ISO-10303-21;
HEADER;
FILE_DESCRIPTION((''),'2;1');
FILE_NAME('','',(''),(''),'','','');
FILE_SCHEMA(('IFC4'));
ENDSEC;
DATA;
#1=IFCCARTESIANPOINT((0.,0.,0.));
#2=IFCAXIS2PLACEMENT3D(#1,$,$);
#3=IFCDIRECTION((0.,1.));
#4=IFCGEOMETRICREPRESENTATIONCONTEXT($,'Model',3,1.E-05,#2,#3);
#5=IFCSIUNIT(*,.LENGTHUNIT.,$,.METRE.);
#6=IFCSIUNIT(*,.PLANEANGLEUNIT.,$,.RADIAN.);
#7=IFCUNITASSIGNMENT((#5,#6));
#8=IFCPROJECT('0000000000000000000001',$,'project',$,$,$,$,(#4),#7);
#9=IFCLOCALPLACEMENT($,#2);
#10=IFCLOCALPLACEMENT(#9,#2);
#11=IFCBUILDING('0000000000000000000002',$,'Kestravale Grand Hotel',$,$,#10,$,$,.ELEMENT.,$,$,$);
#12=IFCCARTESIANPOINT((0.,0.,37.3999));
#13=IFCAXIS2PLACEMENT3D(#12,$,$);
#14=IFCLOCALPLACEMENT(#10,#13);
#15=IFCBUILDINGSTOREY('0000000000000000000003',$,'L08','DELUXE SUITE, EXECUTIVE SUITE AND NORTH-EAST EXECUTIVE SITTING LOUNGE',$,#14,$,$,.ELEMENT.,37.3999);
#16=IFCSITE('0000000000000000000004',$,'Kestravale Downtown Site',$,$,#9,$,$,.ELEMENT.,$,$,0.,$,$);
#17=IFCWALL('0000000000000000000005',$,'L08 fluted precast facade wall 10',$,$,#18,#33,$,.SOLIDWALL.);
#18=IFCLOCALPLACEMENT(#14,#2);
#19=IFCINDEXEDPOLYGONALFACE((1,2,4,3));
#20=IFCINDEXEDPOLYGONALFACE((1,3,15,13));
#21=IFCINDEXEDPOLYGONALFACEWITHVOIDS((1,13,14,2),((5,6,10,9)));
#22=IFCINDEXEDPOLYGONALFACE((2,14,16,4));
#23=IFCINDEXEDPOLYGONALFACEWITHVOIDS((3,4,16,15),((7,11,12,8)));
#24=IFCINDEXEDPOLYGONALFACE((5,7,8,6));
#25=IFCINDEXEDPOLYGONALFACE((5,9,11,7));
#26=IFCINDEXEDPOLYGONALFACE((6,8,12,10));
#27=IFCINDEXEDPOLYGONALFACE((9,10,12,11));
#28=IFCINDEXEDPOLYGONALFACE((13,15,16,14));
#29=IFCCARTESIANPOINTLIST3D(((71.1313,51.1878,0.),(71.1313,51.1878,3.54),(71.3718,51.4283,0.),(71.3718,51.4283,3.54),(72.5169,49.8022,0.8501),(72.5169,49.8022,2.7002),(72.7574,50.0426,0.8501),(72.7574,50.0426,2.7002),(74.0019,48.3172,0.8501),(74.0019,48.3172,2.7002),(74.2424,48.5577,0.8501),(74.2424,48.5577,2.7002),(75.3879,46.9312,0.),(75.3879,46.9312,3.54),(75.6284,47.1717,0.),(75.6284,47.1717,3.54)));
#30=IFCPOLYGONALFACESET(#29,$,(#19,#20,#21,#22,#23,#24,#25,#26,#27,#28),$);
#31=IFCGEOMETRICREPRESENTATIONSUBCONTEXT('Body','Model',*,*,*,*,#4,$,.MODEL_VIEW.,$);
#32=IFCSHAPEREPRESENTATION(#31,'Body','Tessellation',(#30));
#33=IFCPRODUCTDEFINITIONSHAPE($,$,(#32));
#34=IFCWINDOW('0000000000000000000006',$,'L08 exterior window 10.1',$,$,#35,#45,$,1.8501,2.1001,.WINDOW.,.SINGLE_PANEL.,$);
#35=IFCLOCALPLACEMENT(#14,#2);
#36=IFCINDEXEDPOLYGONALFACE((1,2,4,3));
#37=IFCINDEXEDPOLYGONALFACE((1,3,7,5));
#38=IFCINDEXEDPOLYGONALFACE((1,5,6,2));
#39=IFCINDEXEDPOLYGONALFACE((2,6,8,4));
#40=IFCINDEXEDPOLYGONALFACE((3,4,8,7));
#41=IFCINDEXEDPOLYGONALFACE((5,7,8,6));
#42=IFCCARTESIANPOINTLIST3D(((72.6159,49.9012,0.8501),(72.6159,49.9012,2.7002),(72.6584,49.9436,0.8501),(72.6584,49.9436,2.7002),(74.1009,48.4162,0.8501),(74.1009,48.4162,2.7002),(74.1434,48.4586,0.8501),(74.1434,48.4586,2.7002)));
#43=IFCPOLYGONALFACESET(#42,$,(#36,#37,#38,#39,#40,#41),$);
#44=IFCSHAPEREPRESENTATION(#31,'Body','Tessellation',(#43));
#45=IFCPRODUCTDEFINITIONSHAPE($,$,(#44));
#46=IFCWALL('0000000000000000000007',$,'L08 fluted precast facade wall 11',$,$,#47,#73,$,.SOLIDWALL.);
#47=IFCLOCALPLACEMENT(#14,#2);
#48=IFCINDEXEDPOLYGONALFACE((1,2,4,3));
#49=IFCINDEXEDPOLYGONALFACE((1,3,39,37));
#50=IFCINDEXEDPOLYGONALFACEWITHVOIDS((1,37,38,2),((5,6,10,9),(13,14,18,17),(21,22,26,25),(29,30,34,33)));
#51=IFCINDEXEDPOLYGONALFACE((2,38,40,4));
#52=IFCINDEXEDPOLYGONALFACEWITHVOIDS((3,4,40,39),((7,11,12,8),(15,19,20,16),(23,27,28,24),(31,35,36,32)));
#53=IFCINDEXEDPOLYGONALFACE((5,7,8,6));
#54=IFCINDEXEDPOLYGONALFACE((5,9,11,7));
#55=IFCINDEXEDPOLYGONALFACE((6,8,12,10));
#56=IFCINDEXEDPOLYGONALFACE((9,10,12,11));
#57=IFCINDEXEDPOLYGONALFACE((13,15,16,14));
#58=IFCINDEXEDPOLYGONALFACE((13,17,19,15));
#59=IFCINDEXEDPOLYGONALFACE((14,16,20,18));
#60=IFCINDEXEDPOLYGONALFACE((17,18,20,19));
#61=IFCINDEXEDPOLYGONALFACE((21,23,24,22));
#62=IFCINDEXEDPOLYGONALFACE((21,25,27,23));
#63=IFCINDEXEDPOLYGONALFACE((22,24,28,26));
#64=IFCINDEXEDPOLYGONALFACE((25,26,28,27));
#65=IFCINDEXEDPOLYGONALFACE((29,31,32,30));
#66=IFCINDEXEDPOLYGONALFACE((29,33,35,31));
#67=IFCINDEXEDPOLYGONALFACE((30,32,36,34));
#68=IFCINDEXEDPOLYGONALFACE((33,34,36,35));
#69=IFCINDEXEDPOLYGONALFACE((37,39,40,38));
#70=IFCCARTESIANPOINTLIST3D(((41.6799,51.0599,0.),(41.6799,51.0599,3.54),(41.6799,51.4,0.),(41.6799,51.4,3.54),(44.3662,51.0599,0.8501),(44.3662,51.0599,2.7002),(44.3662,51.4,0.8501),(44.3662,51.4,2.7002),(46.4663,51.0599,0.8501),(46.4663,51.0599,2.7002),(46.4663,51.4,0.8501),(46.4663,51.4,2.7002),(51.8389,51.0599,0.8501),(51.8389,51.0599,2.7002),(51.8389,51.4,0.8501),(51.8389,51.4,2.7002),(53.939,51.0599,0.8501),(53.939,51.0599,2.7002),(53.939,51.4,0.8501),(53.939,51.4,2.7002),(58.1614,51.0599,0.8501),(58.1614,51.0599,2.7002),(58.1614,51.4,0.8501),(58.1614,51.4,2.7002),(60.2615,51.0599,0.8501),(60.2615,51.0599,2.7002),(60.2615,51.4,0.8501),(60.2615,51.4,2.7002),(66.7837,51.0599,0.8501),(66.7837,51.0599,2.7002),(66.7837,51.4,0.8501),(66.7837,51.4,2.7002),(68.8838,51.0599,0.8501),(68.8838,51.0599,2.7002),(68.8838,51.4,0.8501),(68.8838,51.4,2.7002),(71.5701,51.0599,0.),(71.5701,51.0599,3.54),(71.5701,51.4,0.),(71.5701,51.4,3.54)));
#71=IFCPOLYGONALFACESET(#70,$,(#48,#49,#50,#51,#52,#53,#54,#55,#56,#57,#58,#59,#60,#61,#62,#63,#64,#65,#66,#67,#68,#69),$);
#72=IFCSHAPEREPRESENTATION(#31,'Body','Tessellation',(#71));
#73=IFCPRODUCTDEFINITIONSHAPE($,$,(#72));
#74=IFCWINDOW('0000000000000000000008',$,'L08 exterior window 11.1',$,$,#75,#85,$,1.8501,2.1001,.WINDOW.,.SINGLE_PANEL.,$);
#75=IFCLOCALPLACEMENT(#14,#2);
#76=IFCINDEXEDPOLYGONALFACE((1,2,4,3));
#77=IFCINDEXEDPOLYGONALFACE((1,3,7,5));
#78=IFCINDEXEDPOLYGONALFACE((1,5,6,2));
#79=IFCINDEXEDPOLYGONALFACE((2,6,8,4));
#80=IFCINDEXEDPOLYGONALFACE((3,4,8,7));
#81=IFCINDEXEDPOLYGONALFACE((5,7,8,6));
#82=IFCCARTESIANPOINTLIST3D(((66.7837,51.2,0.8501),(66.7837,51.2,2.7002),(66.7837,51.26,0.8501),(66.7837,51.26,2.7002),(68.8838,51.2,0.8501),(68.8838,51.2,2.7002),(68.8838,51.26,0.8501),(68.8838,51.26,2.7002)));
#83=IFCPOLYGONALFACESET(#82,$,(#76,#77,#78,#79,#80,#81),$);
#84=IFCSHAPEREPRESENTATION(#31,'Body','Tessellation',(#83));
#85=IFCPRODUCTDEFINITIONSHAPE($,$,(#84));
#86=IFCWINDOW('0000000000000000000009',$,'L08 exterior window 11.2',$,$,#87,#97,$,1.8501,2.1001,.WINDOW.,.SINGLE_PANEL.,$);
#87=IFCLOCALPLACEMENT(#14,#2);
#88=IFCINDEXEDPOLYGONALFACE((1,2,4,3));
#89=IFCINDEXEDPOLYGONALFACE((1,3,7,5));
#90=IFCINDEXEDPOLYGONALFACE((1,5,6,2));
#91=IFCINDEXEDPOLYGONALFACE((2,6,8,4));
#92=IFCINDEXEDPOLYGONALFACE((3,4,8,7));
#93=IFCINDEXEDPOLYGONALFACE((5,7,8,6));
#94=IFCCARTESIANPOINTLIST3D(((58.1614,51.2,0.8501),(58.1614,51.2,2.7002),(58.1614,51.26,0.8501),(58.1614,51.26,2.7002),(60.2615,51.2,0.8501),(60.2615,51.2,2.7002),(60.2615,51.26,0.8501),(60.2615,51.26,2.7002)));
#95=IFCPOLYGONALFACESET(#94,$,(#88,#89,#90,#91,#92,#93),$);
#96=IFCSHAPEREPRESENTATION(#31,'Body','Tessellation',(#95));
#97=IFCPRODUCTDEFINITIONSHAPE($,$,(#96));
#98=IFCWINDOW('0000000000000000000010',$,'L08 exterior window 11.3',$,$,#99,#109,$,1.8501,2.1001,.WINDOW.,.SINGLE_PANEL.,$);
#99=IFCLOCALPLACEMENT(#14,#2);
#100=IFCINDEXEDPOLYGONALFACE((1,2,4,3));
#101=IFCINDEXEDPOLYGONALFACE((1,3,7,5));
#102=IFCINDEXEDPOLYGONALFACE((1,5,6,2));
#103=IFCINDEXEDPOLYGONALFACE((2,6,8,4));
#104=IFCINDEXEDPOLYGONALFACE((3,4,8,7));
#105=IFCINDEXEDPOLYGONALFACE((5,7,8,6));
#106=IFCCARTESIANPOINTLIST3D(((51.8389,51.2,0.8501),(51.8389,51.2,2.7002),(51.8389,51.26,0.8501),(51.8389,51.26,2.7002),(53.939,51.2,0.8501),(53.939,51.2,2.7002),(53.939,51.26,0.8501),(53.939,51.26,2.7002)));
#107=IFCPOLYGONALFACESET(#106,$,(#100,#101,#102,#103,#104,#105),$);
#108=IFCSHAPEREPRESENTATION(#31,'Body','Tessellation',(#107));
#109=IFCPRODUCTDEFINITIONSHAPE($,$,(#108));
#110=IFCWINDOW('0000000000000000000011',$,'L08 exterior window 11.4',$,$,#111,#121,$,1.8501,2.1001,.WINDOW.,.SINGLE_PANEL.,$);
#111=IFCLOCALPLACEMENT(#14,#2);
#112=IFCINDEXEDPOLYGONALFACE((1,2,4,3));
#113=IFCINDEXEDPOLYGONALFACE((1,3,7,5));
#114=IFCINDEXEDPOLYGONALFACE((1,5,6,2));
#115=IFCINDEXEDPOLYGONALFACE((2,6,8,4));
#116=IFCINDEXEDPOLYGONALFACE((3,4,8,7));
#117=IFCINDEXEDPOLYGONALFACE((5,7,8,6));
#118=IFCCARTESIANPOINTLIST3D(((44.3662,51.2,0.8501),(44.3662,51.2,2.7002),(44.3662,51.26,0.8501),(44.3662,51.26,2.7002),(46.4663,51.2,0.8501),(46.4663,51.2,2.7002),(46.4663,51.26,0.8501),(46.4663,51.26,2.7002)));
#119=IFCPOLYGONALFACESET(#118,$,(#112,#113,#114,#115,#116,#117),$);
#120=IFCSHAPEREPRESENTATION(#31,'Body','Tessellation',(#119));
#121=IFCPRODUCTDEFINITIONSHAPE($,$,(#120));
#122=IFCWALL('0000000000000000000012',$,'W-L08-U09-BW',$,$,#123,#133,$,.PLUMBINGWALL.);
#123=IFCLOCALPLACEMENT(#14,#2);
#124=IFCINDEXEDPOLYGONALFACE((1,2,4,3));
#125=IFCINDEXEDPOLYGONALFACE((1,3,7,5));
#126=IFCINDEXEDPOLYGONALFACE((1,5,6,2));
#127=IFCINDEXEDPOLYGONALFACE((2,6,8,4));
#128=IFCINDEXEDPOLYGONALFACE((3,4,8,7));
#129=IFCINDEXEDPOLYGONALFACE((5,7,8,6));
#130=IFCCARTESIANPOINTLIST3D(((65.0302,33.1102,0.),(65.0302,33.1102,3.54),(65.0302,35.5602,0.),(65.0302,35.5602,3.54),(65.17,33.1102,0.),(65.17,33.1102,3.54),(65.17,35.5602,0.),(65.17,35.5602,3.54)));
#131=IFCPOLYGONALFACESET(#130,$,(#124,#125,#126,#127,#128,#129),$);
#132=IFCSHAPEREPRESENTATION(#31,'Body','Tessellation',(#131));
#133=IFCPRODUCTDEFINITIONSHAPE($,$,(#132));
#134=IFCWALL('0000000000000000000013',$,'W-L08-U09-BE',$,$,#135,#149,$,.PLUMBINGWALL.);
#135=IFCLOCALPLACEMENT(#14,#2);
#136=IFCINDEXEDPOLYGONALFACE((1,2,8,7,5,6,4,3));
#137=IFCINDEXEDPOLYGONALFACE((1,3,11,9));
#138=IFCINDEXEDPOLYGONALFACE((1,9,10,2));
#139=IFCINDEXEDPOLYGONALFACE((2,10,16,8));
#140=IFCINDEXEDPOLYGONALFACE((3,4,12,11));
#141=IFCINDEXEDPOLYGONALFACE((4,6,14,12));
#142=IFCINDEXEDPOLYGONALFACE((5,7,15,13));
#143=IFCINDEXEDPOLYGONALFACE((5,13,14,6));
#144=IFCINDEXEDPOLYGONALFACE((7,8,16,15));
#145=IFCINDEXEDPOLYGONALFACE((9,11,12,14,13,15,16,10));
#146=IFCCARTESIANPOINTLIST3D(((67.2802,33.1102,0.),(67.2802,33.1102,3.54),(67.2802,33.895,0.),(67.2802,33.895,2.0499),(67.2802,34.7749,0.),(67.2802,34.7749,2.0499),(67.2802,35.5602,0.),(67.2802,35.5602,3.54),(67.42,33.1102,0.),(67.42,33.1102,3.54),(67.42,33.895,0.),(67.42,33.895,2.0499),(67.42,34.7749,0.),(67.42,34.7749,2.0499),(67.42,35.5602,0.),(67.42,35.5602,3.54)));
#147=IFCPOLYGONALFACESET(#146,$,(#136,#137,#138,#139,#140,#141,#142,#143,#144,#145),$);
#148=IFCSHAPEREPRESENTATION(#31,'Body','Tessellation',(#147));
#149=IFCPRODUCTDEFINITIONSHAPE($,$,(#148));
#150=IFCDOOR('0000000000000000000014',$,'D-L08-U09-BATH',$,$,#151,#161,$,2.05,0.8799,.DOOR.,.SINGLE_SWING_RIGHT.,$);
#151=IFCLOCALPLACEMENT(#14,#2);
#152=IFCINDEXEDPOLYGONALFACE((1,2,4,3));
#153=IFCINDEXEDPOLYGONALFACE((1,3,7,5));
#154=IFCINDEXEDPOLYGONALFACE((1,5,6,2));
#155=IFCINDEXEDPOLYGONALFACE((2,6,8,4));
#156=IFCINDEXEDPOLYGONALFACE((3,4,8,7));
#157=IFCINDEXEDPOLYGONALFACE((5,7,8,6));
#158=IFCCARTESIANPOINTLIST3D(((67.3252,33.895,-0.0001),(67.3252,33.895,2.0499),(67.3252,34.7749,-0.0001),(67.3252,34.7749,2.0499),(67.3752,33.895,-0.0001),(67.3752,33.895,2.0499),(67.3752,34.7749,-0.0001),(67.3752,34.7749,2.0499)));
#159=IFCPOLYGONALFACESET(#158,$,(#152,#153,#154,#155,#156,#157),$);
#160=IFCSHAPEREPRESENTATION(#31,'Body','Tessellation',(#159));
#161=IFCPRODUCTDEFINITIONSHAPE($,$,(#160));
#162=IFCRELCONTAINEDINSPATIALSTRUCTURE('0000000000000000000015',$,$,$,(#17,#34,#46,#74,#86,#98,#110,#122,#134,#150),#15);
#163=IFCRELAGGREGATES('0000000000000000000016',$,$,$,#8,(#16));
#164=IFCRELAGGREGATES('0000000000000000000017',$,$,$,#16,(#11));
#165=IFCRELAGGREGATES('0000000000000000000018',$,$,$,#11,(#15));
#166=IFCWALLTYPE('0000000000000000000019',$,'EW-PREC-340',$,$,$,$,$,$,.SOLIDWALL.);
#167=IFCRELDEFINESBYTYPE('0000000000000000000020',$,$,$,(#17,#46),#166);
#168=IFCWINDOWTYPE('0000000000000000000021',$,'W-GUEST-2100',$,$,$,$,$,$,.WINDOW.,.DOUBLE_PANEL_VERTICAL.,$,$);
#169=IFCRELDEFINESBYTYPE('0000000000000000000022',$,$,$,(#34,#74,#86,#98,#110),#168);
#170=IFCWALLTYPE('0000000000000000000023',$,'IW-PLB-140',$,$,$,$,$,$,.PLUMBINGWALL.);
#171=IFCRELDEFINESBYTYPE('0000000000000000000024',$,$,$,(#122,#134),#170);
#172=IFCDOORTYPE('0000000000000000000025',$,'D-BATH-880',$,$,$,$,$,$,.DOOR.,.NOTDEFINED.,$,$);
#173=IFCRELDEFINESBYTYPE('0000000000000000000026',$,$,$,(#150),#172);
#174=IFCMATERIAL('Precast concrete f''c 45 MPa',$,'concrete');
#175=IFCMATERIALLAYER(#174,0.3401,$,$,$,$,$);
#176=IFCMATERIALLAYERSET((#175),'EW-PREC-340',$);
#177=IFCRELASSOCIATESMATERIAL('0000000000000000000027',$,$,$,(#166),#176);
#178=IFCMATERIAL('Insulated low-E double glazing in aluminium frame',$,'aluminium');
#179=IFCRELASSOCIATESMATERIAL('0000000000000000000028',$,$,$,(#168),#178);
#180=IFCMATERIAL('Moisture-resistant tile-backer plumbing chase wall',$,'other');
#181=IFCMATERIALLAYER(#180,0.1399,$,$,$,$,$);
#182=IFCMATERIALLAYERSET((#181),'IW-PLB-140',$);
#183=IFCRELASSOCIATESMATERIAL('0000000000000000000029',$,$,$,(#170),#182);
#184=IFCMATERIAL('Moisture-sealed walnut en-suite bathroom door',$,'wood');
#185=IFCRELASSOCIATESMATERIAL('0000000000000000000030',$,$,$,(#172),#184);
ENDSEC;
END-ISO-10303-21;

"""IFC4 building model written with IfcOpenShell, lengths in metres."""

from ifc_helpers import new_model, si_unit, direction, frame, frame_2d, origin, place, context, subcontext, project, spatial, rectangle, extrude, material, layer, layer_set, type_object, element, fill, save


model = new_model("IFC4")

# Units and contexts
model_context = context("Model", 3, precision=1e-05, world=origin(), true_north=direction((0.0, 1.0)))
body_context = subcontext(model_context, "Body", "Model", "MODEL_VIEW")
ifc_project = project(units=[si_unit("LENGTHUNIT", "METRE"), si_unit("PLANEANGLEUNIT", "RADIAN")], contexts=[model_context])

# Site, building, storey
site_placement = place(None, origin())
site = spatial("IfcSite", under=ifc_project, at=site_placement, Name="Kestravale Downtown Site", CompositionType="ELEMENT", RefElevation=0.0)
building_placement = place(site_placement, origin())
building = spatial("IfcBuilding", under=site, at=building_placement, Name="Kestravale Grand Hotel", CompositionType="ELEMENT")
storey_placement = place(building_placement, frame((0.0, 0.0, 37.3999)))
storey = spatial("IfcBuildingStorey", under=building, at=storey_placement, Name="L08", Description="DELUXE SUITE, EXECUTIVE SUITE AND NORTH-EAST EXECUTIVE SITTING LOUNGE", CompositionType="ELEMENT", Elevation=37.3999)

# Wall, opening, window
ifc_material_1 = material(Name="Precast concrete f'c 45 MPa", Category="concrete")
ifc_layer_1 = layer(ifc_material_1, 0.3401)
ifc_layer_set_1 = layer_set([ifc_layer_1], Name="EW-PREC-340")
wall_type_1 = type_object("IfcWallType", Name="EW-PREC-340", PredefinedType="SOLIDWALL", material=ifc_layer_set_1)
wall_1_placement = place(storey_placement, frame((75.5081, 47.0515, 0.0), z_axis=(0.0, 0.0, 1.0), x_axis=(-0.707107, 0.707107, 0.0)))
wall_1 = element("IfcWall", 1, at=wall_1_placement, inside=storey, type_object=wall_type_1, Name="L08 fluted precast facade wall 10", PredefinedType="SOLIDWALL", context=body_context, shape_type="SweptSolid", body=[
    extrude(rectangle(XDim=6.0198, YDim=0.3401, at=frame_2d((3.0098, 0.0))), origin(), (0.0, 0.0, 1.0), 3.54),
])
opening_1_placement = place(wall_1_placement, frame((1.96, 0.0, 0.8501)))
opening_1 = element("IfcOpeningElement", 2, at=opening_1_placement, cuts=wall_1, PredefinedType="OPENING", context=body_context, shape_type="SweptSolid", body=[
    extrude(rectangle(XDim=2.1001, YDim=1.8501, at=frame_2d((1.05, 0.925))), frame((0.0, 0.1799, 0.0), z_axis=(0.0, -1.0, 0.0), x_axis=(1.0, 0.0, 0.0)), (0.0, 0.0, 1.0), 0.3601),
])
ifc_material_2 = material(Name="Insulated low-E double glazing in aluminium frame", Category="aluminium")
window_type = type_object("IfcWindowType", Name="W-GUEST-2100", PartitioningType="DOUBLE_PANEL_VERTICAL", PredefinedType="WINDOW", material=ifc_material_2)
window_1_placement = place(opening_1_placement, origin())
window_1 = element("IfcWindow", 3, at=window_1_placement, inside=storey, type_object=window_type, Name="L08 exterior window 10.1", OverallHeight=1.8501, OverallWidth=2.1001, PartitioningType="SINGLE_PANEL", PredefinedType="WINDOW", context=body_context, shape_type="SweptSolid", body=[
    extrude(rectangle(XDim=2.1001, YDim=1.8501, at=frame_2d((1.05, 0.925))), frame((0.0, 0.03, 0.0), z_axis=(0.0, -1.0, 0.0), x_axis=(1.0, 0.0, 0.0)), (0.0, 0.0, 1.0), 0.0601),
])
fill(opening_1, window_1)

# Wall, openings, windows
wall_2_placement = place(storey_placement, frame((71.5701, 51.23, 0.0), z_axis=(0.0, 0.0, 1.0), x_axis=(-1.0, 0.0, 0.0)))
wall_2 = element("IfcWall", 4, at=wall_2_placement, inside=storey, type_object=wall_type_1, Name="L08 fluted precast facade wall 11", PredefinedType="SOLIDWALL", context=body_context, shape_type="SweptSolid", body=[
    extrude(rectangle(XDim=29.8901, YDim=0.3401, at=frame_2d((14.9451, 0.0))), origin(), (0.0, 0.0, 1.0), 3.54),
])
opening_2_placement = place(wall_2_placement, frame((2.6863, 0.0, 0.8501)))
opening_2 = element("IfcOpeningElement", 5, at=opening_2_placement, cuts=wall_2, PredefinedType="OPENING", context=body_context, shape_type="SweptSolid", body=[
    extrude(rectangle(XDim=2.1001, YDim=1.8501, at=frame_2d((1.05, 0.925))), frame((0.0, 0.1799, 0.0), z_axis=(0.0, -1.0, 0.0), x_axis=(1.0, 0.0, 0.0)), (0.0, 0.0, 1.0), 0.3601),
])
opening_3_placement = place(wall_2_placement, frame((11.3086, 0.0, 0.8501)))
opening_3 = element("IfcOpeningElement", 6, at=opening_3_placement, cuts=wall_2, PredefinedType="OPENING", context=body_context, shape_type="SweptSolid", body=[
    extrude(rectangle(XDim=2.1001, YDim=1.8501, at=frame_2d((1.05, 0.925))), frame((0.0, 0.1799, 0.0), z_axis=(0.0, -1.0, 0.0), x_axis=(1.0, 0.0, 0.0)), (0.0, 0.0, 1.0), 0.3601),
])
opening_4_placement = place(wall_2_placement, frame((17.6311, 0.0, 0.8501)))
opening_4 = element("IfcOpeningElement", 7, at=opening_4_placement, cuts=wall_2, PredefinedType="OPENING", context=body_context, shape_type="SweptSolid", body=[
    extrude(rectangle(XDim=2.1001, YDim=1.8501, at=frame_2d((1.05, 0.925))), frame((0.0, 0.1799, 0.0), z_axis=(0.0, -1.0, 0.0), x_axis=(1.0, 0.0, 0.0)), (0.0, 0.0, 1.0), 0.3601),
])
opening_5_placement = place(wall_2_placement, frame((25.1038, 0.0, 0.8501)))
opening_5 = element("IfcOpeningElement", 8, at=opening_5_placement, cuts=wall_2, PredefinedType="OPENING", context=body_context, shape_type="SweptSolid", body=[
    extrude(rectangle(XDim=2.1001, YDim=1.8501, at=frame_2d((1.05, 0.925))), frame((0.0, 0.1799, 0.0), z_axis=(0.0, -1.0, 0.0), x_axis=(1.0, 0.0, 0.0)), (0.0, 0.0, 1.0), 0.3601),
])
window_2_placement = place(opening_2_placement, origin())
window_2 = element("IfcWindow", 9, at=window_2_placement, inside=storey, type_object=window_type, Name="L08 exterior window 11.1", OverallHeight=1.8501, OverallWidth=2.1001, PartitioningType="SINGLE_PANEL", PredefinedType="WINDOW", context=body_context, shape_type="SweptSolid", body=[
    extrude(rectangle(XDim=2.1001, YDim=1.8501, at=frame_2d((1.05, 0.925))), frame((0.0, 0.03, 0.0), z_axis=(0.0, -1.0, 0.0), x_axis=(1.0, 0.0, 0.0)), (0.0, 0.0, 1.0), 0.0601),
])
fill(opening_2, window_2)
window_3_placement = place(opening_3_placement, origin())
window_3 = element("IfcWindow", 10, at=window_3_placement, inside=storey, type_object=window_type, Name="L08 exterior window 11.2", OverallHeight=1.8501, OverallWidth=2.1001, PartitioningType="SINGLE_PANEL", PredefinedType="WINDOW", context=body_context, shape_type="SweptSolid", body=[
    extrude(rectangle(XDim=2.1001, YDim=1.8501, at=frame_2d((1.05, 0.925))), frame((0.0, 0.03, 0.0), z_axis=(0.0, -1.0, 0.0), x_axis=(1.0, 0.0, 0.0)), (0.0, 0.0, 1.0), 0.0601),
])
fill(opening_3, window_3)
window_4_placement = place(opening_4_placement, origin())
window_4 = element("IfcWindow", 11, at=window_4_placement, inside=storey, type_object=window_type, Name="L08 exterior window 11.3", OverallHeight=1.8501, OverallWidth=2.1001, PartitioningType="SINGLE_PANEL", PredefinedType="WINDOW", context=body_context, shape_type="SweptSolid", body=[
    extrude(rectangle(XDim=2.1001, YDim=1.8501, at=frame_2d((1.05, 0.925))), frame((0.0, 0.03, 0.0), z_axis=(0.0, -1.0, 0.0), x_axis=(1.0, 0.0, 0.0)), (0.0, 0.0, 1.0), 0.0601),
])
fill(opening_4, window_4)
window_5_placement = place(opening_5_placement, origin())
window_5 = element("IfcWindow", 12, at=window_5_placement, inside=storey, type_object=window_type, Name="L08 exterior window 11.4", OverallHeight=1.8501, OverallWidth=2.1001, PartitioningType="SINGLE_PANEL", PredefinedType="WINDOW", context=body_context, shape_type="SweptSolid", body=[
    extrude(rectangle(XDim=2.1001, YDim=1.8501, at=frame_2d((1.05, 0.925))), frame((0.0, 0.03, 0.0), z_axis=(0.0, -1.0, 0.0), x_axis=(1.0, 0.0, 0.0)), (0.0, 0.0, 1.0), 0.0601),
])
fill(opening_5, window_5)

# Wall
ifc_material_3 = material(Name="Moisture-resistant tile-backer plumbing chase wall", Category="other")
ifc_layer_2 = layer(ifc_material_3, 0.1399)
ifc_layer_set_2 = layer_set([ifc_layer_2], Name="IW-PLB-140")
wall_type_2 = type_object("IfcWallType", Name="IW-PLB-140", PredefinedType="PLUMBINGWALL", material=ifc_layer_set_2)
wall_3_placement = place(storey_placement, frame((65.1001, 33.1101, 0.0), z_axis=(0.0, 0.0, 1.0), x_axis=(0.0, 1.0, 0.0)))
element("IfcWall", 13, at=wall_3_placement, inside=storey, type_object=wall_type_2, Name="W-L08-U09-BW", PredefinedType="PLUMBINGWALL", context=body_context, shape_type="SweptSolid", body=[
    extrude(rectangle(XDim=2.45, YDim=0.1399, at=frame_2d((1.2251, 0.0))), origin(), (0.0, 0.0, 1.0), 3.54),
])

# Wall, opening, door
wall_4_placement = place(storey_placement, frame((67.3501, 33.1101, 0.0), z_axis=(0.0, 0.0, 1.0), x_axis=(0.0, 1.0, 0.0)))
wall_4 = element("IfcWall", 14, at=wall_4_placement, inside=storey, type_object=wall_type_2, Name="W-L08-U09-BE", PredefinedType="PLUMBINGWALL", context=body_context, shape_type="SweptSolid", body=[
    extrude(rectangle(XDim=2.45, YDim=0.1399, at=frame_2d((1.2251, 0.0))), origin(), (0.0, 0.0, 1.0), 3.54),
])
opening_6_placement = place(wall_4_placement, frame((0.7849, 0.0, 0.0)))
opening_6 = element("IfcOpeningElement", 15, at=opening_6_placement, cuts=wall_4, PredefinedType="OPENING", context=body_context, shape_type="SweptSolid", body=[
    extrude(rectangle(XDim=0.8799, YDim=2.05, at=frame_2d((0.4399, 1.0249))), frame((0.0, 0.0798, 0.0), z_axis=(0.0, -1.0, 0.0), x_axis=(1.0, 0.0, 0.0)), (0.0, 0.0, 1.0), 0.1599),
])
ifc_material_4 = material(Name="Moisture-sealed walnut en-suite bathroom door", Category="wood")
door_type_1 = type_object("IfcDoorType", Name="D-BATH-880", OperationType="NOTDEFINED", PredefinedType="DOOR", material=ifc_material_4)
door_1_placement = place(opening_6_placement, origin())
door_1 = element("IfcDoor", 16, at=door_1_placement, inside=storey, type_object=door_type_1, Name="D-L08-U09-BATH", OperationType="SINGLE_SWING_RIGHT", OverallHeight=2.05, OverallWidth=0.8799, PredefinedType="DOOR", context=body_context, shape_type="SweptSolid", body=[
    extrude(rectangle(XDim=0.8799, YDim=2.05, at=frame_2d((0.4399, 1.0249))), frame((0.0, 0.0249, 0.0), z_axis=(0.0, -1.0, 0.0), x_axis=(1.0, 0.0, 0.0)), (0.0, 0.0, 1.0), 0.05),
])
fill(opening_6, door_1)

save(model, "model.ifc")
